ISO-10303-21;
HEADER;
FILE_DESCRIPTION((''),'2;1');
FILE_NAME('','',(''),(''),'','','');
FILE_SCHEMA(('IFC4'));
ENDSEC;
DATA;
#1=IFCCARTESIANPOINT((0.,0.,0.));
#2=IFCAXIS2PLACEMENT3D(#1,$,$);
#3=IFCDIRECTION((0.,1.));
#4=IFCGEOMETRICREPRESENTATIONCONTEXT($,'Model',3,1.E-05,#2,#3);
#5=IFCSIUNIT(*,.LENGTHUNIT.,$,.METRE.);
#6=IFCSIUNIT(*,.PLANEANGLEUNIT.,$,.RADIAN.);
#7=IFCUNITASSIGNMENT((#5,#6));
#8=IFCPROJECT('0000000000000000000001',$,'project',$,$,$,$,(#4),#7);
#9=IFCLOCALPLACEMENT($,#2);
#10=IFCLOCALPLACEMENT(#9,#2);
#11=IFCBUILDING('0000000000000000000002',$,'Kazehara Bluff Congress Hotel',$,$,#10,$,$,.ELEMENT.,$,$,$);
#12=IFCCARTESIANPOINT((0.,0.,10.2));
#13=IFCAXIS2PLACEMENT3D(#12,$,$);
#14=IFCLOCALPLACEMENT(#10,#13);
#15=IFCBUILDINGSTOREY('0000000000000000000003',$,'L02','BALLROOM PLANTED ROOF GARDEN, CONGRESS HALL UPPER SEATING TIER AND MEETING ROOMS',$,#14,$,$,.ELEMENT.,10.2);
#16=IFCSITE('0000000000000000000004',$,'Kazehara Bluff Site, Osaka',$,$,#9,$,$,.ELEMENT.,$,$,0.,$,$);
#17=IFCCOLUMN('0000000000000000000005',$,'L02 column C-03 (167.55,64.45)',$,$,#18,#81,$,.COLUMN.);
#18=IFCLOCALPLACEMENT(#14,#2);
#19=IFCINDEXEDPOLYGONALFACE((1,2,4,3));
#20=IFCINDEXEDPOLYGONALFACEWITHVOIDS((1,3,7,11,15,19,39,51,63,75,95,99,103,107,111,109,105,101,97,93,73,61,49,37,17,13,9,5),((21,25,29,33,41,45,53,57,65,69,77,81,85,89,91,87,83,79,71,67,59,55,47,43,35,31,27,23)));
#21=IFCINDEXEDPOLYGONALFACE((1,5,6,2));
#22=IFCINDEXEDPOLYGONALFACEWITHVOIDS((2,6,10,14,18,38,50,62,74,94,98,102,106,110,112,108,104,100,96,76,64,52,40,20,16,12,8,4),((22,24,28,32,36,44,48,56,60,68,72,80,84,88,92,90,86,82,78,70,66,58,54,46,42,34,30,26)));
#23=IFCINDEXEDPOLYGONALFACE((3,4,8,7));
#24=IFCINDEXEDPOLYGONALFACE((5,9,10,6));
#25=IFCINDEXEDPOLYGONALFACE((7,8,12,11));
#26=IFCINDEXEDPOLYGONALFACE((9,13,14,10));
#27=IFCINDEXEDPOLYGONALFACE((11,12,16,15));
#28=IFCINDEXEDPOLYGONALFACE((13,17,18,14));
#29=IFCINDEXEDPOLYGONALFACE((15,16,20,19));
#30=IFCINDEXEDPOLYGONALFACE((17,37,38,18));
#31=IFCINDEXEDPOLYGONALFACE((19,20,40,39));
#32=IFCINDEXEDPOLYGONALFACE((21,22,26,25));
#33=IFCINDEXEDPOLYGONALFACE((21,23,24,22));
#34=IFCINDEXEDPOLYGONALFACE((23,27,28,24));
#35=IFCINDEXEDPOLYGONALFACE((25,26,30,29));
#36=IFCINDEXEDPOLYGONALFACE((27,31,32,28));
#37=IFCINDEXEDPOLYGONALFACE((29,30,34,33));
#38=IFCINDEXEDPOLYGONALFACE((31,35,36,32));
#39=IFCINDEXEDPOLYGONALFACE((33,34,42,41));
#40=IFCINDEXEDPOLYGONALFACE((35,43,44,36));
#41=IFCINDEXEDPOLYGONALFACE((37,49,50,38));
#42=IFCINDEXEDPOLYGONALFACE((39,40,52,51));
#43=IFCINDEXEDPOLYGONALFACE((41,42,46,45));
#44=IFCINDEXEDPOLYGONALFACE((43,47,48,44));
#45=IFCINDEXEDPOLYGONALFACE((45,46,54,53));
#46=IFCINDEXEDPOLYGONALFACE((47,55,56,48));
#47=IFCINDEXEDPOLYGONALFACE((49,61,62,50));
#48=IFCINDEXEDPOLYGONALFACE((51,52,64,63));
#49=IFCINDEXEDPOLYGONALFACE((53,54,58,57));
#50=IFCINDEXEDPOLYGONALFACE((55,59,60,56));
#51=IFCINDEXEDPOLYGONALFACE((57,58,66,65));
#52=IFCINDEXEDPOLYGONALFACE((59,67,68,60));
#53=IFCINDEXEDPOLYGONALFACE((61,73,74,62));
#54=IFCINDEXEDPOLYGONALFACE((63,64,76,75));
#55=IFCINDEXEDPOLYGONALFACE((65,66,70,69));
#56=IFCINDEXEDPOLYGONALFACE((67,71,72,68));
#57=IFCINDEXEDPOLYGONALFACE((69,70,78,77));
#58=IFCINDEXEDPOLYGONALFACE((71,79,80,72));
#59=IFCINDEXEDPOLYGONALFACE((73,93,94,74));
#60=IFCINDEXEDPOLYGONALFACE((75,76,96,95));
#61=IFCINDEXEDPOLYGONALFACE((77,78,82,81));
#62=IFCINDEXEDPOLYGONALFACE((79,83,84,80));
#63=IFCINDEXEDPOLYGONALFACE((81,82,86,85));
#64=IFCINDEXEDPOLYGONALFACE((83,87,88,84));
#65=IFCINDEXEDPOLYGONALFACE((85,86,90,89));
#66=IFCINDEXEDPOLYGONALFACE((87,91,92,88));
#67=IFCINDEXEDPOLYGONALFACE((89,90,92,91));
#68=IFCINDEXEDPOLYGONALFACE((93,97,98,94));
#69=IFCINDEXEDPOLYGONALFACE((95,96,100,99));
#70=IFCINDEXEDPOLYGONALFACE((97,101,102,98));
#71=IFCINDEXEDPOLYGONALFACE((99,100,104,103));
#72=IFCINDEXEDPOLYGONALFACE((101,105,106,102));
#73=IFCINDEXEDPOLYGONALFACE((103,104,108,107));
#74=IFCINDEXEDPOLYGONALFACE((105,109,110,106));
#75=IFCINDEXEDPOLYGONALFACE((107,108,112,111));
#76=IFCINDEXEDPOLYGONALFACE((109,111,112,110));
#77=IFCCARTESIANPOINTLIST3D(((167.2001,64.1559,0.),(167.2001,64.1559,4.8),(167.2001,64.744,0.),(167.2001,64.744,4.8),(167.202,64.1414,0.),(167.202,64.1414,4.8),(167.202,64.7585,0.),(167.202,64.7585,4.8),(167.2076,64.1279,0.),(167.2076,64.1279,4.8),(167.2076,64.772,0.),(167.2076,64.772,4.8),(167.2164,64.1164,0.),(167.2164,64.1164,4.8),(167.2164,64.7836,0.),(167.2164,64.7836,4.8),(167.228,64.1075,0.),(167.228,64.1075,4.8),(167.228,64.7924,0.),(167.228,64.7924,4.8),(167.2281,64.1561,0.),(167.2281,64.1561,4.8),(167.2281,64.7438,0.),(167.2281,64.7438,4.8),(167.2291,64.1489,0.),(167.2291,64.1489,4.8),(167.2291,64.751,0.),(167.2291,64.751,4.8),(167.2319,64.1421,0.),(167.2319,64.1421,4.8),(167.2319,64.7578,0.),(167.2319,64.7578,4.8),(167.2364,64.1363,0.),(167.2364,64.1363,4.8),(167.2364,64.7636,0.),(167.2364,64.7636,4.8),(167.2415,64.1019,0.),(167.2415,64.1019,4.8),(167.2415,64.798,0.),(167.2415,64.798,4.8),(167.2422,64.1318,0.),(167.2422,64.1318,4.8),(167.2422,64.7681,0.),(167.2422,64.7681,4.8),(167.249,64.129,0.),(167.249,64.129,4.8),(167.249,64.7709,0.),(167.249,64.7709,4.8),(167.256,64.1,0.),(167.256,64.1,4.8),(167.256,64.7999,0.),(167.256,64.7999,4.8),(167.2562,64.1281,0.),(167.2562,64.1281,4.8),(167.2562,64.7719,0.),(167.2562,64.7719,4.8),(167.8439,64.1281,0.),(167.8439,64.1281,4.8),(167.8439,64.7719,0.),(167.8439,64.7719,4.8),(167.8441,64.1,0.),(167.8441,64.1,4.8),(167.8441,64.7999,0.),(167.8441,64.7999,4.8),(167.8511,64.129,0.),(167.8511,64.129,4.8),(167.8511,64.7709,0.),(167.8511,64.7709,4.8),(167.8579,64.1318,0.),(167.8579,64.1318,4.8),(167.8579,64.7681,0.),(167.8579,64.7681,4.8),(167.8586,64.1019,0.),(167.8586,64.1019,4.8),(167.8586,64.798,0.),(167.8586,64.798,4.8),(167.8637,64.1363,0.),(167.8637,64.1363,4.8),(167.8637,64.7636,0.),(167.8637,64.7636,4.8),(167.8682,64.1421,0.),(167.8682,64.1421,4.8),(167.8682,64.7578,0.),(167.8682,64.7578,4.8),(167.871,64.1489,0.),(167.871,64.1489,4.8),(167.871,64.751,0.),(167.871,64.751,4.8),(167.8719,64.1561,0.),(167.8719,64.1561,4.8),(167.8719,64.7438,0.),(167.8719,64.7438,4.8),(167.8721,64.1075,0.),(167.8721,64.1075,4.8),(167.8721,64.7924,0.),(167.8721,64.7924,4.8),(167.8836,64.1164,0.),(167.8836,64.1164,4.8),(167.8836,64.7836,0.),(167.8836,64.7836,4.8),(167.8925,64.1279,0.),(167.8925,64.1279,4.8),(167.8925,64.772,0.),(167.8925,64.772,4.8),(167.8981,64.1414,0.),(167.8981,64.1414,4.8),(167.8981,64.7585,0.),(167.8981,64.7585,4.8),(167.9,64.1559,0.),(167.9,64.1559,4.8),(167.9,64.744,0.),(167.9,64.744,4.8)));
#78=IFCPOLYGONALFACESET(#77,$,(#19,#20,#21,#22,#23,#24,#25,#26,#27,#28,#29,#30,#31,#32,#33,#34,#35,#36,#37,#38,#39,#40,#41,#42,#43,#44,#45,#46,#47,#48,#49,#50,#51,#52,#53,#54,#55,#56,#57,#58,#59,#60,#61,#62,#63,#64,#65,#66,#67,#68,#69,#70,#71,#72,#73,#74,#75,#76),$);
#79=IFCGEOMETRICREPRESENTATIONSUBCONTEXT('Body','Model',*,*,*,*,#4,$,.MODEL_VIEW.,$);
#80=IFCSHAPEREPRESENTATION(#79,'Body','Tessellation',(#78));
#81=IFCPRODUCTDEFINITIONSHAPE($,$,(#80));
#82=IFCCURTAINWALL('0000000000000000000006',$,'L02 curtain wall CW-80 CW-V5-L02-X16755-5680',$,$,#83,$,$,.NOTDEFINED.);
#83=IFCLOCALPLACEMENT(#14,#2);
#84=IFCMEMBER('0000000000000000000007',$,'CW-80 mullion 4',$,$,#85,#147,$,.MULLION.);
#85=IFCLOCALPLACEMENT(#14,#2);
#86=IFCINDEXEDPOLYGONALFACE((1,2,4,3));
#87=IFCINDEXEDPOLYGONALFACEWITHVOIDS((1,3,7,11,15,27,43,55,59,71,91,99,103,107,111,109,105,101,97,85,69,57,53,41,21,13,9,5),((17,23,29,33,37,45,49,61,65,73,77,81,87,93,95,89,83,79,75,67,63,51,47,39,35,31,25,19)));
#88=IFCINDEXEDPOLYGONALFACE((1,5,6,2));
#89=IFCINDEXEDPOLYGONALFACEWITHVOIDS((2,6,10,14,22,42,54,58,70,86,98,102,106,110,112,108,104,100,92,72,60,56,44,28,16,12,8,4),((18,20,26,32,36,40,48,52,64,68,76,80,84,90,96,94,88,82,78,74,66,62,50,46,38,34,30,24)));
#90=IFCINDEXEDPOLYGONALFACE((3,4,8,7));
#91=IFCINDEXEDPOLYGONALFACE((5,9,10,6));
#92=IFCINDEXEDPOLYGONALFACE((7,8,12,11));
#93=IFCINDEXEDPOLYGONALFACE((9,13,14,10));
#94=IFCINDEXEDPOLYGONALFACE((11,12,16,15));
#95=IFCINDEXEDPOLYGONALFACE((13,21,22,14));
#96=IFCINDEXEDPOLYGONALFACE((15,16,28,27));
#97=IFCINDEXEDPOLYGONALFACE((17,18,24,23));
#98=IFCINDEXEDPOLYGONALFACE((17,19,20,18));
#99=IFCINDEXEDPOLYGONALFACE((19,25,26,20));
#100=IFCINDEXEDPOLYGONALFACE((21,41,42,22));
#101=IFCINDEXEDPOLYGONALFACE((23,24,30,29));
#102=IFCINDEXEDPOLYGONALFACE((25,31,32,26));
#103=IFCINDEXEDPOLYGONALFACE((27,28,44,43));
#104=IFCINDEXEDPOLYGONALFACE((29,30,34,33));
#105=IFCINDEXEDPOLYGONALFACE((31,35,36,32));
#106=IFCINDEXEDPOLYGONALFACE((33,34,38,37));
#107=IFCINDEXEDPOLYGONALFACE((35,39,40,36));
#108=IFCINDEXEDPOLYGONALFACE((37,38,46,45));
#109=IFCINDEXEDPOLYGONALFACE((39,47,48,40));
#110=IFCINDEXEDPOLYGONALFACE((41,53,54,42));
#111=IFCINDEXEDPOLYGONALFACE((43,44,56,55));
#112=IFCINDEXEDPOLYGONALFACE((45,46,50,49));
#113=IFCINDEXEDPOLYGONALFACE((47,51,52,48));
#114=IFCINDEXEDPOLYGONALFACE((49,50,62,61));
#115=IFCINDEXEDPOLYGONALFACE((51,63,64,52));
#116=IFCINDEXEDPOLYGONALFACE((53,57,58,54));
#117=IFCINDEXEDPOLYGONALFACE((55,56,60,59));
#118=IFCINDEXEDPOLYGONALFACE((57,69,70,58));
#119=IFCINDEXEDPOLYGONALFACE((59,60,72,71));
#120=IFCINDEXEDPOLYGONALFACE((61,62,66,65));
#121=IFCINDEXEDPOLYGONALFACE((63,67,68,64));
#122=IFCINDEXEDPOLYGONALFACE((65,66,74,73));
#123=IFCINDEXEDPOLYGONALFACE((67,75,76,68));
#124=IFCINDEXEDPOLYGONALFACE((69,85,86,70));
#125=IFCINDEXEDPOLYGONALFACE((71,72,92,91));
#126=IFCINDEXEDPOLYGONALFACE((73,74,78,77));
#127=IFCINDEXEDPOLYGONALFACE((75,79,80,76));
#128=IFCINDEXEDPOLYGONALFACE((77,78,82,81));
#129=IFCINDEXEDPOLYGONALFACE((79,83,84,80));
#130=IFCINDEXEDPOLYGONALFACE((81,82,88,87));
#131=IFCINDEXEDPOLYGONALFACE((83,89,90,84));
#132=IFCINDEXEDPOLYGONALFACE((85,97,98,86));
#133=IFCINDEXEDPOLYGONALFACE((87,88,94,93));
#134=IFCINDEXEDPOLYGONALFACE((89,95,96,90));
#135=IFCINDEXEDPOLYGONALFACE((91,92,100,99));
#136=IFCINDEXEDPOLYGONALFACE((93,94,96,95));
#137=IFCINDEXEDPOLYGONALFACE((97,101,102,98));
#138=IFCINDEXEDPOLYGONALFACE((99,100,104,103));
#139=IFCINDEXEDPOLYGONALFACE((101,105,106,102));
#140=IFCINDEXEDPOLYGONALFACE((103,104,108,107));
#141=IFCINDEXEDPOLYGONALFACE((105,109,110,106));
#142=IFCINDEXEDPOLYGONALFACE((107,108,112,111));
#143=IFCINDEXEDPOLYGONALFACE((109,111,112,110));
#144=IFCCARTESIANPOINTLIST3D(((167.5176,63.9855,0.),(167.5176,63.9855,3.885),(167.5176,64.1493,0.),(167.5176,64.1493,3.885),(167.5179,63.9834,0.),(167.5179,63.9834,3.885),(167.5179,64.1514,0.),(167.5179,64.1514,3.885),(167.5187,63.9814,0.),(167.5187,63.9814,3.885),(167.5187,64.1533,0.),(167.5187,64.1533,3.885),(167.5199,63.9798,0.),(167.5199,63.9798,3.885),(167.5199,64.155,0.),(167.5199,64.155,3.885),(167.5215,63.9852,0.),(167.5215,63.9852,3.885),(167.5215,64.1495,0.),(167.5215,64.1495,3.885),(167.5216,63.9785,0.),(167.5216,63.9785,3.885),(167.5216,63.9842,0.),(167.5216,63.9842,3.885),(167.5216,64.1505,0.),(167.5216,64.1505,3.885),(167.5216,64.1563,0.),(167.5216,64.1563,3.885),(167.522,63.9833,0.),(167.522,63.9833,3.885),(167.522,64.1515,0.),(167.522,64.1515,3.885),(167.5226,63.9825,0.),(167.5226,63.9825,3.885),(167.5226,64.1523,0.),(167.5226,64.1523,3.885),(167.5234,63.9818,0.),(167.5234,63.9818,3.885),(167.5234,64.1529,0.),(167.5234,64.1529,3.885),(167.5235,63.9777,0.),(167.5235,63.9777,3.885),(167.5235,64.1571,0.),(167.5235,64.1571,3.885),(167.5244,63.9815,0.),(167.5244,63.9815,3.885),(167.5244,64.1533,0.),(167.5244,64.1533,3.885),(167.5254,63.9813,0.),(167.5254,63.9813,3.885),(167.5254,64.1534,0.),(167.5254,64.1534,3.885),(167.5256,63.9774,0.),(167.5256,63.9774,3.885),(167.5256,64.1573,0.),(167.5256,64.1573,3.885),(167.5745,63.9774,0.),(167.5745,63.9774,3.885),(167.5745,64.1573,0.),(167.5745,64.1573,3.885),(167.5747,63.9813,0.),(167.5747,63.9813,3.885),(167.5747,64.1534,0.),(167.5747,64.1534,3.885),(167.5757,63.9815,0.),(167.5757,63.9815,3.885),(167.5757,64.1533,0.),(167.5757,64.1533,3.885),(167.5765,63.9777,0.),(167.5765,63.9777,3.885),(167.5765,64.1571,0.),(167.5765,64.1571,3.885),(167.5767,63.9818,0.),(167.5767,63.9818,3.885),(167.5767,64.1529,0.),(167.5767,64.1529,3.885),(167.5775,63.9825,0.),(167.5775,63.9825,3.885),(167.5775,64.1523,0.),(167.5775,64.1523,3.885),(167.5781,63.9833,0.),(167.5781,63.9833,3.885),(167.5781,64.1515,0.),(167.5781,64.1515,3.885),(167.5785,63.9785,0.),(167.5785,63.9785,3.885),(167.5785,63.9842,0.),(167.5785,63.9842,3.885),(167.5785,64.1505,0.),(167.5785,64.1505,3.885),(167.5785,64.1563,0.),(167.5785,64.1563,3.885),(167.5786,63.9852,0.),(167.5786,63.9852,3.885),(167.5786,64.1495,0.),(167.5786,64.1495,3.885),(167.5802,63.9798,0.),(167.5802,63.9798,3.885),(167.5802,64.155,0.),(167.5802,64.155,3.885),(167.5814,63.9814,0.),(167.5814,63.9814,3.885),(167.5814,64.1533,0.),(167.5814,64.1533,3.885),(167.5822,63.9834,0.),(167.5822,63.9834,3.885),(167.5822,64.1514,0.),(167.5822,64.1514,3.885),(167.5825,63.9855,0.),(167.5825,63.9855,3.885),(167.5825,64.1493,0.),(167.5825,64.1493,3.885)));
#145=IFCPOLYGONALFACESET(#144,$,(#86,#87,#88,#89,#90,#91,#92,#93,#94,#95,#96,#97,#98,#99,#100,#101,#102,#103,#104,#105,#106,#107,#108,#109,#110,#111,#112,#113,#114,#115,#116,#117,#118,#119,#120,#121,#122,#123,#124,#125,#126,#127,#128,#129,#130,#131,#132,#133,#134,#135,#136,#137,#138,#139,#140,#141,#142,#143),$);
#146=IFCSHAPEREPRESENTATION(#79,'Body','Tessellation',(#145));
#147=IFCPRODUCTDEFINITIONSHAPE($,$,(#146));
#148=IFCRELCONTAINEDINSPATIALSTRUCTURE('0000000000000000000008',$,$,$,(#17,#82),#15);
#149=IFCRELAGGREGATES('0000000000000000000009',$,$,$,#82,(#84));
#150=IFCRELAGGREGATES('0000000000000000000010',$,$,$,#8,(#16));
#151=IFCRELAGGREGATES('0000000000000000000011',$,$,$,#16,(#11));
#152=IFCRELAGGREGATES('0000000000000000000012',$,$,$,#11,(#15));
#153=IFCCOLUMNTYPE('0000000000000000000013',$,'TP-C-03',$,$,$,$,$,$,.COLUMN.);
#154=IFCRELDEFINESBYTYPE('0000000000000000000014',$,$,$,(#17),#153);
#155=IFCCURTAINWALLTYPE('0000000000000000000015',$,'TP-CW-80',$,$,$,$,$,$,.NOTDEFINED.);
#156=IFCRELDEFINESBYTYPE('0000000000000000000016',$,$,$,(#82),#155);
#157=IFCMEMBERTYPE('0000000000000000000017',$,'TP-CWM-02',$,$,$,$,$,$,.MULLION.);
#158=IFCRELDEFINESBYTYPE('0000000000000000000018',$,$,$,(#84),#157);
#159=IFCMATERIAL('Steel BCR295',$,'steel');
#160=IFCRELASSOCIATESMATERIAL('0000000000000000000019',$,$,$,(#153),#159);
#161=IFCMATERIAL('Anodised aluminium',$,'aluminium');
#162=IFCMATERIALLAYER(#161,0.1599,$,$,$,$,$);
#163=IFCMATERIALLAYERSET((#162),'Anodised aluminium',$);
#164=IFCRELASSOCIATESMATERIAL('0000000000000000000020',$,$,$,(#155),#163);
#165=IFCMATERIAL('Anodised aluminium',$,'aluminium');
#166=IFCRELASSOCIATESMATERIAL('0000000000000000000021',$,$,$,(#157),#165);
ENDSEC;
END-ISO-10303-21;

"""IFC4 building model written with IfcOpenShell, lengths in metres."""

from ifc_helpers import new_model, si_unit, direction, frame, origin, origin_2d, place, context, subcontext, project, spatial, hollow_rectangle, extrude, material, layer, layer_set, material_profile, profile_set, type_object, element, aggregate, save


model = new_model("IFC4")

# Units and contexts
model_context = context("Model", 3, precision=1e-05, world=origin(), true_north=direction((0.0, 1.0)))
body_context = subcontext(model_context, "Body", "Model", "MODEL_VIEW")
ifc_project = project(units=[si_unit("LENGTHUNIT", "METRE"), si_unit("PLANEANGLEUNIT", "RADIAN")], contexts=[model_context])

# Site, building, storey
site_placement = place(None, origin())
site = spatial("IfcSite", under=ifc_project, at=site_placement, Name="Kazehara Bluff Site, Osaka", CompositionType="ELEMENT", RefElevation=0.0)
building_placement = place(site_placement, origin())
building = spatial("IfcBuilding", under=site, at=building_placement, Name="Kazehara Bluff Congress Hotel", CompositionType="ELEMENT")
storey_placement = place(building_placement, frame((0.0, 0.0, 10.2)))
storey = spatial("IfcBuildingStorey", under=building, at=storey_placement, Name="L02", Description="BALLROOM PLANTED ROOF GARDEN, CONGRESS HALL UPPER SEATING TIER AND MEETING ROOMS", CompositionType="ELEMENT", Elevation=10.2)

# Column
ifc_material_1 = material(Name="Steel BCR295", Category="steel")
ifc_material_profile_1 = material_profile(ifc_material_1, hollow_rectangle(XDim=0.7, YDim=0.7, WallThickness=0.0281, InnerFilletRadius=0.0281, OuterFilletRadius=0.0559, at=origin_2d()))
ifc_profile_set_1 = profile_set([ifc_material_profile_1], Name="Steel BCR295")
column_type_1 = type_object("IfcColumnType", Name="TP-C-03", PredefinedType="COLUMN", material=ifc_profile_set_1)
for number, where, z_axis, x_axis, name in (
    (1, (167.55, 64.45, 0.0), (0.0, 0.0, 1.0), (1.0, 0.0, 0.0), "L02 column C-03 (167.55,64.45)"),
):
    element("IfcColumn", number, at=place(storey_placement, frame(where, z_axis=z_axis, x_axis=x_axis)), inside=storey, type_object=column_type_1, Name=name, PredefinedType="COLUMN", context=body_context, shape_type="SweptSolid", body=[
        extrude(hollow_rectangle(XDim=0.7, YDim=0.7, WallThickness=0.0281, InnerFilletRadius=0.0281, OuterFilletRadius=0.0559, at=origin_2d()), origin(), (0.0, 0.0, 1.0), 4.8),
    ])

# Curtain wall, member
ifc_material_2 = material(Name="Anodised aluminium", Category="aluminium")
ifc_layer_1 = layer(ifc_material_2, 0.1599)
ifc_layer_set_1 = layer_set([ifc_layer_1], Name="Anodised aluminium")
curtain_wall_type_1 = type_object("IfcCurtainWallType", Name="TP-CW-80", PredefinedType="NOTDEFINED", material=ifc_layer_set_1)
curtain_wall_1_placement = place(storey_placement, origin())
curtain_wall_1 = element("IfcCurtainWall", 2, at=curtain_wall_1_placement, inside=storey, type_object=curtain_wall_type_1, Name="L02 curtain wall CW-80 CW-V5-L02-X16755-5680", PredefinedType="NOTDEFINED")
ifc_material_3 = material(Name="Anodised aluminium", Category="aluminium")
ifc_material_profile_2 = material_profile(ifc_material_3, hollow_rectangle(XDim=0.0649, YDim=0.1799, WallThickness=0.0039, InnerFilletRadius=0.0039, OuterFilletRadius=0.0081, at=origin_2d()))
ifc_profile_set_2 = profile_set([ifc_material_profile_2], Name="Anodised aluminium")
member_type_1 = type_object("IfcMemberType", Name="TP-CWM-02", PredefinedType="MULLION", material=ifc_profile_set_2)
member_1_placement = place(storey_placement, frame((167.55, 64.0674, 0.0), z_axis=(0.0, 0.0, 1.0), x_axis=(-1.0, 0.0, 0.0)))
member_1 = element("IfcMember", 3, at=member_1_placement, type_object=member_type_1, Name="CW-80 mullion 4", PredefinedType="MULLION", context=body_context, shape_type="SweptSolid", body=[
    extrude(hollow_rectangle(XDim=0.0649, YDim=0.1799, WallThickness=0.0039, InnerFilletRadius=0.0039, OuterFilletRadius=0.0081, at=origin_2d()), origin(), (0.0, 0.0, 1.0), 3.885),
])

aggregate(curtain_wall_1, [member_1])

save(model, "model.ifc")
